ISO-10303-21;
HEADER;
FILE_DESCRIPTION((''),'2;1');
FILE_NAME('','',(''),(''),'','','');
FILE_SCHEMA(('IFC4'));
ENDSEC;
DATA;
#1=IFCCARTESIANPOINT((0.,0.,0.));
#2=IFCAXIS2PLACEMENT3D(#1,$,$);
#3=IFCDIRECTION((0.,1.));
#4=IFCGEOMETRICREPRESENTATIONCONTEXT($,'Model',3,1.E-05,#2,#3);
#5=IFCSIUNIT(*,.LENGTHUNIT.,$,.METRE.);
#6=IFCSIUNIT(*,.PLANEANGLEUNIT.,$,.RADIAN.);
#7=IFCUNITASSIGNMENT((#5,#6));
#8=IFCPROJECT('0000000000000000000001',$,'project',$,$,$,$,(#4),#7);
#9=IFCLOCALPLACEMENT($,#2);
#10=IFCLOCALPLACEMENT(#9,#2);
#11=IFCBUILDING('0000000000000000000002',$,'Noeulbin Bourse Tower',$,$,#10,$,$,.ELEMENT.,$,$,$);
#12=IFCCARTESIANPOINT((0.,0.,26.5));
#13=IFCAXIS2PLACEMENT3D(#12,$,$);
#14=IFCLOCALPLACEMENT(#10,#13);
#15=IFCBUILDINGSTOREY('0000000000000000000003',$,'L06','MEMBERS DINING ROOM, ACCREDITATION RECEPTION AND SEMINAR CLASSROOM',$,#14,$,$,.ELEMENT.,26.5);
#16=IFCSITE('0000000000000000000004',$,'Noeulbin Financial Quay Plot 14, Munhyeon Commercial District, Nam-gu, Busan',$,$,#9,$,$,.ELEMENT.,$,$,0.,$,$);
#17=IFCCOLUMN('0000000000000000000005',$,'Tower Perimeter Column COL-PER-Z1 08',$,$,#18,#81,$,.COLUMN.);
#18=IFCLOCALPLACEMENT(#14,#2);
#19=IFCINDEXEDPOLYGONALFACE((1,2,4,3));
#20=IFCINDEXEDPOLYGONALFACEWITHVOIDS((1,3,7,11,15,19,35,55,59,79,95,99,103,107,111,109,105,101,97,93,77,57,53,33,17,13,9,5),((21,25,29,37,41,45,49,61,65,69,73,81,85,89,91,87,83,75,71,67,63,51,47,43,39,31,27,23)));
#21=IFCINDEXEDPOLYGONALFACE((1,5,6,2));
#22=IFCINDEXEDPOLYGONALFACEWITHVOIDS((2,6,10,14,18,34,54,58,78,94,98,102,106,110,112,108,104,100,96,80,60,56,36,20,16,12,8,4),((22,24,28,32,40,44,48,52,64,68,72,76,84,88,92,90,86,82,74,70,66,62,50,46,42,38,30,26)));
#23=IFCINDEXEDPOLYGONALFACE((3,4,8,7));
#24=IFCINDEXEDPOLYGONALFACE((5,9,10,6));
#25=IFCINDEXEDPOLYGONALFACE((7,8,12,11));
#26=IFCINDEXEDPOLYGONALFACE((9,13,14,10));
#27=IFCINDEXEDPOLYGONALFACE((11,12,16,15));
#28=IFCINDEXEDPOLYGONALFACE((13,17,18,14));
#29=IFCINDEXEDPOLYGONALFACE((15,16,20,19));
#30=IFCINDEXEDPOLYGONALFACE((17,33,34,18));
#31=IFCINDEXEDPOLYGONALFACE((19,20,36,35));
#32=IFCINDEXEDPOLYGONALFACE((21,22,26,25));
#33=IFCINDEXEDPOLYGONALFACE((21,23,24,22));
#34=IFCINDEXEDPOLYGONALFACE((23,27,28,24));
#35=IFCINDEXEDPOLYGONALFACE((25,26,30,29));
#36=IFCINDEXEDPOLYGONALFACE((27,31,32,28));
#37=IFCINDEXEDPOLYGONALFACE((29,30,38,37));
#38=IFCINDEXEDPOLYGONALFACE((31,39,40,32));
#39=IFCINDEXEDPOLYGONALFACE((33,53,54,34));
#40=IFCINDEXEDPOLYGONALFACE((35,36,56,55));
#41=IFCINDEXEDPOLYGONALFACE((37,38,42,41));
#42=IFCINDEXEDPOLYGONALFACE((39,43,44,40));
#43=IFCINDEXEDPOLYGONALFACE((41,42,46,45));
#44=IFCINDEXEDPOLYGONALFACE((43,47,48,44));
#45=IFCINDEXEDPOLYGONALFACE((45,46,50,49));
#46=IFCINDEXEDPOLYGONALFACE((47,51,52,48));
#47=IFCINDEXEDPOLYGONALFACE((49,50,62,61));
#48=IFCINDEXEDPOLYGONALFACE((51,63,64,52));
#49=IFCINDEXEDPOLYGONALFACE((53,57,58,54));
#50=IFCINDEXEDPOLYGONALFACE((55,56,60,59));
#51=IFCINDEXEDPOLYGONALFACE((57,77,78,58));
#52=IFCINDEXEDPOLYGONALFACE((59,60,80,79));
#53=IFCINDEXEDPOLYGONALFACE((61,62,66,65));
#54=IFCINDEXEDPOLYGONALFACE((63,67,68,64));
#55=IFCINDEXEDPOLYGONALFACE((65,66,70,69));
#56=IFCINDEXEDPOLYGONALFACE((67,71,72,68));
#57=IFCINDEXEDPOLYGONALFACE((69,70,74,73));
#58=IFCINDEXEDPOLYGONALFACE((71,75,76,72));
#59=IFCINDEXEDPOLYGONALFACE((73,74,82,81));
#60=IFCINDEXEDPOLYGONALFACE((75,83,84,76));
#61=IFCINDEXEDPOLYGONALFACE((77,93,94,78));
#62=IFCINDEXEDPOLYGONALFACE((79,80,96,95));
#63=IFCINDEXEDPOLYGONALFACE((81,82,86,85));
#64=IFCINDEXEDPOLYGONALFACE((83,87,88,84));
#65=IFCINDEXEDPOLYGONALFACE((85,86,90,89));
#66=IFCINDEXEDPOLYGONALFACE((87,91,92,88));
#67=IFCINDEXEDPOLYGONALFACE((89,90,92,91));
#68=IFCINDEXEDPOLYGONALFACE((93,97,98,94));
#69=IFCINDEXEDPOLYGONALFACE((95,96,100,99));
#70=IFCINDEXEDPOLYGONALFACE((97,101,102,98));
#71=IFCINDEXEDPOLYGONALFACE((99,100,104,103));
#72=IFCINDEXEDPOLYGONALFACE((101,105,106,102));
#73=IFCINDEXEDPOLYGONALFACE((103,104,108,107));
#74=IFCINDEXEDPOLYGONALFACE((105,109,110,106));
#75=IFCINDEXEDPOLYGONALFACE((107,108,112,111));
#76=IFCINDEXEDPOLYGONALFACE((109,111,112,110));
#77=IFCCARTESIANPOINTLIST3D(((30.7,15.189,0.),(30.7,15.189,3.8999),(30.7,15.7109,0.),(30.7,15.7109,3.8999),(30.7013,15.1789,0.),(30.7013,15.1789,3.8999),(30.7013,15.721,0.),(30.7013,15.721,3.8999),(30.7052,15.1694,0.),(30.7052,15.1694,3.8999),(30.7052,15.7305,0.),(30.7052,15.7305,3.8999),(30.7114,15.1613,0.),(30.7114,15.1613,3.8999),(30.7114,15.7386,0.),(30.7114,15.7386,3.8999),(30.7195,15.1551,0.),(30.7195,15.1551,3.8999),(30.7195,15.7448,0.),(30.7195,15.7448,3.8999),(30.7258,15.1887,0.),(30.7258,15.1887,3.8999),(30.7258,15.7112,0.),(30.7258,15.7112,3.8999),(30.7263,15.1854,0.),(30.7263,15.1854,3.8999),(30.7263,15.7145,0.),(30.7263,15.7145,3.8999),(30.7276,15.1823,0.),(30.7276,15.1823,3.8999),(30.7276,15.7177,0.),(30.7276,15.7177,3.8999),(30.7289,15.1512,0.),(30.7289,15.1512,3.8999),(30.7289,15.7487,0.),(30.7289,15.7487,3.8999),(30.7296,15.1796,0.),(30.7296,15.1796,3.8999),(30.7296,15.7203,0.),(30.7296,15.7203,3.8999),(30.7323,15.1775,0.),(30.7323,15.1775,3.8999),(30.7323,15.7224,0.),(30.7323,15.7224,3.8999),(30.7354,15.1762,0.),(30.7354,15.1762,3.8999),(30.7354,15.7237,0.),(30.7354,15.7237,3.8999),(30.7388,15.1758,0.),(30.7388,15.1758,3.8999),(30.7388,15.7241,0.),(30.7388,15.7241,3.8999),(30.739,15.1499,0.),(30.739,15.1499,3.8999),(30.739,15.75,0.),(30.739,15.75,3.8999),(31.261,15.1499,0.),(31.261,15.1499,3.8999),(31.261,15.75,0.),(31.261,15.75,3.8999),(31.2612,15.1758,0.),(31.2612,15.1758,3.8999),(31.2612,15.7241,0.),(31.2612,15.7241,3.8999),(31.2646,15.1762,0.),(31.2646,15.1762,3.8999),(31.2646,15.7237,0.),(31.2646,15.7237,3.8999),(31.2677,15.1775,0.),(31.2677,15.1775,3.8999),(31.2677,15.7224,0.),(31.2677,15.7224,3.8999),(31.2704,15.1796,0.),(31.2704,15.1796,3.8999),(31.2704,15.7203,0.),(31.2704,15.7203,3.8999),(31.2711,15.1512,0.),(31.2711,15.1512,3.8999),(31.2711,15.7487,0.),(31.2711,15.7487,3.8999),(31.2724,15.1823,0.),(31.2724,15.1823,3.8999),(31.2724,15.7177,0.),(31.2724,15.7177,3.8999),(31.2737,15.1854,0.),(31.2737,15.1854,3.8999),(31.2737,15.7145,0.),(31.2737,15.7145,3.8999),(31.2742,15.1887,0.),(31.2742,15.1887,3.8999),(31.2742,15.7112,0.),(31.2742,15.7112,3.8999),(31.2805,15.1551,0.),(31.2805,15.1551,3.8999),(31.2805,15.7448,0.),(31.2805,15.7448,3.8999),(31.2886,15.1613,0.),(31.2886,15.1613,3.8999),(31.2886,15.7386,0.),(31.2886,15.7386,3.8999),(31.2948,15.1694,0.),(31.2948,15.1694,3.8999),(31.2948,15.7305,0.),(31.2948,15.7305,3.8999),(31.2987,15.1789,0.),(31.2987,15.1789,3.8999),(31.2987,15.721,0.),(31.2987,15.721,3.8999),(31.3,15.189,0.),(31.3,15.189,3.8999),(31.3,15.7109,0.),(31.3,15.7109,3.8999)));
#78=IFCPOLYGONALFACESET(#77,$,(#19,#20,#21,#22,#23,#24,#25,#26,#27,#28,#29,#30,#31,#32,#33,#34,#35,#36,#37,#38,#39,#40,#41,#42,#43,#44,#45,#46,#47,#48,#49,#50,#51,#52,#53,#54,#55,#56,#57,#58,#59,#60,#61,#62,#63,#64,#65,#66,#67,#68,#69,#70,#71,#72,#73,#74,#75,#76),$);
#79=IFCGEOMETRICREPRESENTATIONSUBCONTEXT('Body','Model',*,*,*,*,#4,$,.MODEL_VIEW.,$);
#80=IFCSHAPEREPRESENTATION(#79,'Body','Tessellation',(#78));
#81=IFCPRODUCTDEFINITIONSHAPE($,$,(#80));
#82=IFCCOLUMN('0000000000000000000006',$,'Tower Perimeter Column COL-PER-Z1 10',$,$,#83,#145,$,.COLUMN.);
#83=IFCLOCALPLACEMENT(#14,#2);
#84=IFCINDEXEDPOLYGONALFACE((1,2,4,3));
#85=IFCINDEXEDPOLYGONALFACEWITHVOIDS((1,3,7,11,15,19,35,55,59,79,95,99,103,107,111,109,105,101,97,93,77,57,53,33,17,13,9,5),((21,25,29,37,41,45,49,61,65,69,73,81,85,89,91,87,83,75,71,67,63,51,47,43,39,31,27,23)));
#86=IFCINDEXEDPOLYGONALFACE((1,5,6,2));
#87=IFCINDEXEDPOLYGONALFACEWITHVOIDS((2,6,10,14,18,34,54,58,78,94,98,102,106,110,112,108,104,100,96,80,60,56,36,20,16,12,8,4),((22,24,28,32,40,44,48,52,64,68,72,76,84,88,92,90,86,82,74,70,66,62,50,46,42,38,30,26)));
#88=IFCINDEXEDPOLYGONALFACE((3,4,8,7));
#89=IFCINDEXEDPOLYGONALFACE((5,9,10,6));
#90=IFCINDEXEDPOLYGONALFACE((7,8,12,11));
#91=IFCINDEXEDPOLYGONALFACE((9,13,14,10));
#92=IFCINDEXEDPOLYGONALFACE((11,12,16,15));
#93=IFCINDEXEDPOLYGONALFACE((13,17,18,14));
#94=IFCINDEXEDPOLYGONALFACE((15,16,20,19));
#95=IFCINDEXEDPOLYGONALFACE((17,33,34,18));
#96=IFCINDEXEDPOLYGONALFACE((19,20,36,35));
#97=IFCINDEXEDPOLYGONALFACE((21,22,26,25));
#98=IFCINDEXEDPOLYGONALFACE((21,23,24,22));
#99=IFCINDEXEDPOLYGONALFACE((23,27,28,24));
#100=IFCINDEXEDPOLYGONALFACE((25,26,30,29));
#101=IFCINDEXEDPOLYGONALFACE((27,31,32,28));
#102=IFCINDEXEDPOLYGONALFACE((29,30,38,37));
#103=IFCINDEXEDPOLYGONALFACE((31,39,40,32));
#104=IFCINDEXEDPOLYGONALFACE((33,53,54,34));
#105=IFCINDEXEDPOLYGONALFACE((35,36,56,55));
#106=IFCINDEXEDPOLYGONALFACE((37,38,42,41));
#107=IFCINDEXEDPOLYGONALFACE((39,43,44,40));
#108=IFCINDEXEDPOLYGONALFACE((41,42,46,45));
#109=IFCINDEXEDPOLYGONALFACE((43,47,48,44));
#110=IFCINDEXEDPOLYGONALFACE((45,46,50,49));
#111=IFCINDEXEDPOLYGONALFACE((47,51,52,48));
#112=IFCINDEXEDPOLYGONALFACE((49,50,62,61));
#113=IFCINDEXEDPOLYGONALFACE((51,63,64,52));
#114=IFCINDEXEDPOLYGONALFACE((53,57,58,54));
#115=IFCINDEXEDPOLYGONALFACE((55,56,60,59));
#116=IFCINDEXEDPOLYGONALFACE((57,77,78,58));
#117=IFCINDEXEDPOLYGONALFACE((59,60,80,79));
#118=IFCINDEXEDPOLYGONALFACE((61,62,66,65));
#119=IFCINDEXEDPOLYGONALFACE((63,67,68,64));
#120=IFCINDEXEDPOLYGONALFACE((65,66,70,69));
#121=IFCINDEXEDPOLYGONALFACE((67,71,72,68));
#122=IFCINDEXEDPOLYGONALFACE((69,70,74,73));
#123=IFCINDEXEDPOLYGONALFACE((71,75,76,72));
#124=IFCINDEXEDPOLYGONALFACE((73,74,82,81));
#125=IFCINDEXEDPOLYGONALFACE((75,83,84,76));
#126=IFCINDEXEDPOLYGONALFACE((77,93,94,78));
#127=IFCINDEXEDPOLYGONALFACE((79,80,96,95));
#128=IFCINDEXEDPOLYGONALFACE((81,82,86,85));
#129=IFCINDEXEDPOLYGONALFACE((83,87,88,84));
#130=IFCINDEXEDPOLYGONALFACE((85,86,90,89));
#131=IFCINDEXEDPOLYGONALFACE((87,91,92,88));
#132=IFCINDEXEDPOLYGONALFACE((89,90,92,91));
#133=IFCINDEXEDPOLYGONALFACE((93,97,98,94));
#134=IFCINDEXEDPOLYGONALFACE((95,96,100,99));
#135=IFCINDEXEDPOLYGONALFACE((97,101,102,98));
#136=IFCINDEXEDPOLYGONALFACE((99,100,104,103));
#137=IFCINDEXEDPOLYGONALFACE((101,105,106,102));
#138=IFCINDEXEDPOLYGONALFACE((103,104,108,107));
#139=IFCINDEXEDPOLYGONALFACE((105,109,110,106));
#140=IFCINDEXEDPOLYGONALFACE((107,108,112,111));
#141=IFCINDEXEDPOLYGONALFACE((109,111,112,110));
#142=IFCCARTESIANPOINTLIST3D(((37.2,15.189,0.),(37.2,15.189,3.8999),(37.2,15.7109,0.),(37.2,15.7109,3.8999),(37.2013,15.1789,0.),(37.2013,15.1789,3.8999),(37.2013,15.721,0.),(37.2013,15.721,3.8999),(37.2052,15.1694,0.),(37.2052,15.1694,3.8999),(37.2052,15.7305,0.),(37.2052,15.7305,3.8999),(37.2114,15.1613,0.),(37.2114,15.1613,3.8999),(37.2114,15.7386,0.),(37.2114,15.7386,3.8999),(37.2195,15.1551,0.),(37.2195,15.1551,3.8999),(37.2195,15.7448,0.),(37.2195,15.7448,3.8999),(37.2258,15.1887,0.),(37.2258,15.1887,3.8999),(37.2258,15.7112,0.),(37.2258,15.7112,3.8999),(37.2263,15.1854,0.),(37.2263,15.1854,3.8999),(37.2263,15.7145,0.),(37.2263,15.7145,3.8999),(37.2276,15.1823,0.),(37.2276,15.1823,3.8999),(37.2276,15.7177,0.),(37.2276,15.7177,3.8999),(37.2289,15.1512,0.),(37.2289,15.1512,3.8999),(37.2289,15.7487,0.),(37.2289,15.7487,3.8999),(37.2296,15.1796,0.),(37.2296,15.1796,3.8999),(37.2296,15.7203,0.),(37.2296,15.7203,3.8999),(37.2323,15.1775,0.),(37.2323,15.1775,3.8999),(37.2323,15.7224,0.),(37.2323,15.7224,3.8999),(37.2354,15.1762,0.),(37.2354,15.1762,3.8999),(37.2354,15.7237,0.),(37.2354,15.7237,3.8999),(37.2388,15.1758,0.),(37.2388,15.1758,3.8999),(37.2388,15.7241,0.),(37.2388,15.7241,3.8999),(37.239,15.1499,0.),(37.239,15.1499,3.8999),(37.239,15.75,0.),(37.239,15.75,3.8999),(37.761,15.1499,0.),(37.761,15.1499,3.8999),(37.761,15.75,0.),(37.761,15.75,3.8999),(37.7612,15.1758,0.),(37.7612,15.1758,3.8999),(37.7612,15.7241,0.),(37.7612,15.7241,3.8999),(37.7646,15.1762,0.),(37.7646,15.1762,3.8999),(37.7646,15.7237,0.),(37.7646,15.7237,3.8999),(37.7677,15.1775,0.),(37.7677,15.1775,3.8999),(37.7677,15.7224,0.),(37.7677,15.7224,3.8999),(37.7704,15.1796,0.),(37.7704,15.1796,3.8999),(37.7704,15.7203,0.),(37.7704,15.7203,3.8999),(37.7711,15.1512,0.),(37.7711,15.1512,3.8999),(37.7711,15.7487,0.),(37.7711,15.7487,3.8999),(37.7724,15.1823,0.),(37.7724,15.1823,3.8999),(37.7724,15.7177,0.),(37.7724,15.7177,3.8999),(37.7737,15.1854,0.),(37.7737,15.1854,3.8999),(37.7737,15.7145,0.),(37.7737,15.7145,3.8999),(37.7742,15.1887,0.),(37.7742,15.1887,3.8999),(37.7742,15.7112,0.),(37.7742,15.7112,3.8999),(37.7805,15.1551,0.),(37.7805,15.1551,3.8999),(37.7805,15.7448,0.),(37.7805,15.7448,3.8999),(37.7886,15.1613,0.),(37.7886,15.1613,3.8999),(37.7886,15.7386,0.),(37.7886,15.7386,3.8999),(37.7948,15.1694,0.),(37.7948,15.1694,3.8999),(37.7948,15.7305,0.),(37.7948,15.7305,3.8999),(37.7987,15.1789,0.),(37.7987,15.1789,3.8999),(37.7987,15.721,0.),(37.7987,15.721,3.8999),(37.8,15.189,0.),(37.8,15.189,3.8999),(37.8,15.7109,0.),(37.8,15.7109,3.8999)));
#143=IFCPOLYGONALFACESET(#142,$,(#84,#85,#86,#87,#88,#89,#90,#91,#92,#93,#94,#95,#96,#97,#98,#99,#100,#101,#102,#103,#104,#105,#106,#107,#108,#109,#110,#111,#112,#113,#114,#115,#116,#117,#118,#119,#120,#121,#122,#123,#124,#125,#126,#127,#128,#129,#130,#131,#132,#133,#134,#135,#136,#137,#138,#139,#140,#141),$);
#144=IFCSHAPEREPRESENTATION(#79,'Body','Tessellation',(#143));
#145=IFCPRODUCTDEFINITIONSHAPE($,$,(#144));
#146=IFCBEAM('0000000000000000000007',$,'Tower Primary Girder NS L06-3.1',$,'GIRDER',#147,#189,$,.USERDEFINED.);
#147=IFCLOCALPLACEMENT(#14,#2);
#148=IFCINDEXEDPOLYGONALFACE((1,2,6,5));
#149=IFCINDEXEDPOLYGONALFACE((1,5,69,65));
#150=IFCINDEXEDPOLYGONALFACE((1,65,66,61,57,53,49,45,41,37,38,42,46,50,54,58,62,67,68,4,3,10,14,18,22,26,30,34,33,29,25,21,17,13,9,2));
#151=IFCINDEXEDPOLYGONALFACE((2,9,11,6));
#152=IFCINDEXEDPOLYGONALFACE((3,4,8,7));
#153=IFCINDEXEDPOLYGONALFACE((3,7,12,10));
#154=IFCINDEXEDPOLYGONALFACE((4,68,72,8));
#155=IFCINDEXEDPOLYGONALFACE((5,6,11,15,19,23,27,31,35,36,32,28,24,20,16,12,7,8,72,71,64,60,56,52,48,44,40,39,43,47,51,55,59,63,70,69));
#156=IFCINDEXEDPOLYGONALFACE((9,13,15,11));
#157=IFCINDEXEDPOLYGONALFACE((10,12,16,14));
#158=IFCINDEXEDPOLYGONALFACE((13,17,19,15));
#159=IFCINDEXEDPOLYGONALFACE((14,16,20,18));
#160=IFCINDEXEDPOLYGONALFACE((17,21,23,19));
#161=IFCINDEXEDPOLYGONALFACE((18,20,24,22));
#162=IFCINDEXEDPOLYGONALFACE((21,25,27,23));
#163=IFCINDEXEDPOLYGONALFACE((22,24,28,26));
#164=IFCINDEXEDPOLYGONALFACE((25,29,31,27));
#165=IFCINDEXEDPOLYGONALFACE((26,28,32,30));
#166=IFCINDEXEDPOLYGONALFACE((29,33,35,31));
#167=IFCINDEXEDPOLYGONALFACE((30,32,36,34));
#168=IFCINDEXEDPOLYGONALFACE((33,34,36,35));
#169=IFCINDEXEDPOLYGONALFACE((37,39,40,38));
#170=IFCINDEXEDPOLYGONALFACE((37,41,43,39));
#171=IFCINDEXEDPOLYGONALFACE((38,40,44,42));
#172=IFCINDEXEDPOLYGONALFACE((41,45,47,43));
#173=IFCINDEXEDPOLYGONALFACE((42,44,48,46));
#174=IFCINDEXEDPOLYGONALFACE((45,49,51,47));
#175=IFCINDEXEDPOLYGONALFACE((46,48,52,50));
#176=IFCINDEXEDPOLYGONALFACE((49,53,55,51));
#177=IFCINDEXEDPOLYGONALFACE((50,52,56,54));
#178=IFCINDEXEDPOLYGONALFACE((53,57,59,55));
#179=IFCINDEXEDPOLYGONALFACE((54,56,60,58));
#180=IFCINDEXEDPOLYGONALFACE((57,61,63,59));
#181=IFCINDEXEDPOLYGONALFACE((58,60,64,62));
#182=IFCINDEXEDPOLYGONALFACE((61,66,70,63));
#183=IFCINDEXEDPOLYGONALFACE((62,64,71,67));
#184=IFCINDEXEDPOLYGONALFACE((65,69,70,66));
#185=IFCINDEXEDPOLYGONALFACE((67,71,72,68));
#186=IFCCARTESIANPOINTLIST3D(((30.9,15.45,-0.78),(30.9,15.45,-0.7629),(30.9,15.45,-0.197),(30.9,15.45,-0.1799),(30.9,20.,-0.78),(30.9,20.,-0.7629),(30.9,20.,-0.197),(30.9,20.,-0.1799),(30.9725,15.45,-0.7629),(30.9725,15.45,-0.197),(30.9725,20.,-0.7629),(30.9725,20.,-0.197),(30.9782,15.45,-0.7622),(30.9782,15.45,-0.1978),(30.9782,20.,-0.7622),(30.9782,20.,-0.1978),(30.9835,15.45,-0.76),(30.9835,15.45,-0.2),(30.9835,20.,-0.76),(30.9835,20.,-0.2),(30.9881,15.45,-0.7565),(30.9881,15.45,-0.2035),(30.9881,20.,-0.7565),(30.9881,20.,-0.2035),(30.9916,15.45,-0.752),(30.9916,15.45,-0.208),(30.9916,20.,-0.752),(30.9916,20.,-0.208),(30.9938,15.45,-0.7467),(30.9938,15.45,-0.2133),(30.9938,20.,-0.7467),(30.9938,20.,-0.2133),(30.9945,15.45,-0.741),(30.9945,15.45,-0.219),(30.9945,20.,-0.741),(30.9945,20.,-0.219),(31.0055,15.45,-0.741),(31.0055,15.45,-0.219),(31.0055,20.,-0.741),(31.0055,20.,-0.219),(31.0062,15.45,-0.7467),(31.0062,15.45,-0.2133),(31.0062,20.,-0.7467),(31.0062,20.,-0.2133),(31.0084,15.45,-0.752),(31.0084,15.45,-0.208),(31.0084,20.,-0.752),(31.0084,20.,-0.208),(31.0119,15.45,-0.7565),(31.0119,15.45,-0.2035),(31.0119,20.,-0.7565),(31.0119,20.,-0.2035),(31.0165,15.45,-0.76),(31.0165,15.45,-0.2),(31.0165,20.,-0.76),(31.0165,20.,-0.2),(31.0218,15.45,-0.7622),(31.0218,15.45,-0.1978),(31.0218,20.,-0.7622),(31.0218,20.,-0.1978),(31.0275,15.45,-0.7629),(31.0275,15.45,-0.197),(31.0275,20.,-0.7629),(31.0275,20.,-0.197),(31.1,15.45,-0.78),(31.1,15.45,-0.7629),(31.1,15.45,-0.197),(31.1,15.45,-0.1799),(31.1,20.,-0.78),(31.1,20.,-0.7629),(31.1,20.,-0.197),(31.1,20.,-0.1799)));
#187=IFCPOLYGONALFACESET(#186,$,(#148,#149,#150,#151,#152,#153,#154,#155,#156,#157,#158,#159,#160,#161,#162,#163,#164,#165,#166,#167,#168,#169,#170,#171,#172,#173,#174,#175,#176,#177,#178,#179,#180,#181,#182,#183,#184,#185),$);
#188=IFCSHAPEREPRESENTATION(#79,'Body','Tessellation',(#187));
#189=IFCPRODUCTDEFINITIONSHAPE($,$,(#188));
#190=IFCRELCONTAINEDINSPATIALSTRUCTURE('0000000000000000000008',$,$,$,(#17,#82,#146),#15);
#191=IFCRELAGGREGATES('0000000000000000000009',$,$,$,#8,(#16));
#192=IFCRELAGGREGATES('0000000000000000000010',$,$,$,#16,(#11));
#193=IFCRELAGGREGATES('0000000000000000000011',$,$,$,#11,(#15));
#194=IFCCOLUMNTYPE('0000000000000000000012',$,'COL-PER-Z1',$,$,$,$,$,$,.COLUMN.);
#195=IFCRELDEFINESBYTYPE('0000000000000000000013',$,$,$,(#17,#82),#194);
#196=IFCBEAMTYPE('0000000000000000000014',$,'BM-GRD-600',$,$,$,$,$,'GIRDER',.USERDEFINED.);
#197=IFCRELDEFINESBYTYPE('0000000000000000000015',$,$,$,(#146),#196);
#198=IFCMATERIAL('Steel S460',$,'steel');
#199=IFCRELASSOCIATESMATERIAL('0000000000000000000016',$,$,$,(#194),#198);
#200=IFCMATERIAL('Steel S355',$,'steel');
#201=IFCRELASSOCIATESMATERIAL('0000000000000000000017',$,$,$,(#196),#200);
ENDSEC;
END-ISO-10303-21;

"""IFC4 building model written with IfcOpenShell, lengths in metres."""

from ifc_helpers import new_model, si_unit, direction, frame, origin, origin_2d, place, context, subcontext, project, spatial, hollow_rectangle, i_section, extrude, material, material_profile, profile_set, type_object, element, save


model = new_model("IFC4")

# Units and contexts
model_context = context("Model", 3, precision=1e-05, world=origin(), true_north=direction((0.0, 1.0)))
body_context = subcontext(model_context, "Body", "Model", "MODEL_VIEW")
ifc_project = project(units=[si_unit("LENGTHUNIT", "METRE"), si_unit("PLANEANGLEUNIT", "RADIAN")], contexts=[model_context])

# Site, building, storey
site_placement = place(None, origin())
site = spatial("IfcSite", under=ifc_project, at=site_placement, Name="Noeulbin Financial Quay Plot 14, Munhyeon Commercial District, Nam-gu, Busan", CompositionType="ELEMENT", RefElevation=0.0)
building_placement = place(site_placement, origin())
building = spatial("IfcBuilding", under=site, at=building_placement, Name="Noeulbin Bourse Tower", CompositionType="ELEMENT")
storey_placement = place(building_placement, frame((0.0, 0.0, 26.5)))
storey = spatial("IfcBuildingStorey", under=building, at=storey_placement, Name="L06", Description="MEMBERS DINING ROOM, ACCREDITATION RECEPTION AND SEMINAR CLASSROOM", CompositionType="ELEMENT", Elevation=26.5)

# Columns
ifc_material_1 = material(Name="Steel S460", Category="steel")
ifc_material_profile_1 = material_profile(ifc_material_1, hollow_rectangle(XDim=0.6001, YDim=0.6001, WallThickness=0.0259, InnerFilletRadius=0.0129, OuterFilletRadius=0.0391, at=origin_2d()), Name="BOX-600x600x26", Category="LoadBearing")
ifc_profile_set_1 = profile_set([ifc_material_profile_1], Name="Steel S460")
column_type = type_object("IfcColumnType", Name="COL-PER-Z1", PredefinedType="COLUMN", material=ifc_profile_set_1)
for number, where, z_axis, x_axis, name in (
    (1, (31.0, 15.45, 0.0), (0.0, 0.0, 1.0), (1.0, 0.0, 0.0), "Tower Perimeter Column COL-PER-Z1 08"),
    (2, (37.5, 15.45, 0.0), (0.0, 0.0, 1.0), (1.0, 0.0, 0.0), "Tower Perimeter Column COL-PER-Z1 10"),
):
    element("IfcColumn", number, at=place(storey_placement, frame(where, z_axis=z_axis, x_axis=x_axis)), inside=storey, type_object=column_type, Name=name, PredefinedType="COLUMN", context=body_context, shape_type="SweptSolid", body=[
        extrude(hollow_rectangle(XDim=0.6001, YDim=0.6001, WallThickness=0.0259, InnerFilletRadius=0.0129, OuterFilletRadius=0.0391, at=origin_2d()), origin(), (0.0, 0.0, 1.0), 3.8999),
    ])

# Beam
ifc_material_2 = material(Name="Steel S355", Category="steel")
ifc_material_profile_2 = material_profile(ifc_material_2, i_section(OverallWidth=0.2, OverallDepth=0.6001, WebThickness=0.011, FlangeThickness=0.0171, FilletRadius=0.022, at=origin_2d()), Name="H-600x200x11x17", Category="LoadBearing")
ifc_profile_set_2 = profile_set([ifc_material_profile_2], Name="Steel S355")
beam_type_1 = type_object("IfcBeamType", Name="BM-GRD-600", ElementType="GIRDER", PredefinedType="USERDEFINED", material=ifc_profile_set_2)
for number, where, z_axis, x_axis, name in (
    (3, (31.0, 15.45, -0.48), (0.0, 1.0, 0.0), (-1.0, 0.0, 0.0), "Tower Primary Girder NS L06-3.1"),
):
    element("IfcBeam", number, at=place(storey_placement, frame(where, z_axis=z_axis, x_axis=x_axis)), inside=storey, type_object=beam_type_1, Name=name, ObjectType="GIRDER", PredefinedType="USERDEFINED", context=body_context, shape_type="SweptSolid", body=[
        extrude(i_section(OverallWidth=0.2, OverallDepth=0.6001, WebThickness=0.011, FlangeThickness=0.0171, FilletRadius=0.022, at=origin_2d()), origin(), (0.0, 0.0, 1.0), 4.55),
    ])

save(model, "model.ifc")
